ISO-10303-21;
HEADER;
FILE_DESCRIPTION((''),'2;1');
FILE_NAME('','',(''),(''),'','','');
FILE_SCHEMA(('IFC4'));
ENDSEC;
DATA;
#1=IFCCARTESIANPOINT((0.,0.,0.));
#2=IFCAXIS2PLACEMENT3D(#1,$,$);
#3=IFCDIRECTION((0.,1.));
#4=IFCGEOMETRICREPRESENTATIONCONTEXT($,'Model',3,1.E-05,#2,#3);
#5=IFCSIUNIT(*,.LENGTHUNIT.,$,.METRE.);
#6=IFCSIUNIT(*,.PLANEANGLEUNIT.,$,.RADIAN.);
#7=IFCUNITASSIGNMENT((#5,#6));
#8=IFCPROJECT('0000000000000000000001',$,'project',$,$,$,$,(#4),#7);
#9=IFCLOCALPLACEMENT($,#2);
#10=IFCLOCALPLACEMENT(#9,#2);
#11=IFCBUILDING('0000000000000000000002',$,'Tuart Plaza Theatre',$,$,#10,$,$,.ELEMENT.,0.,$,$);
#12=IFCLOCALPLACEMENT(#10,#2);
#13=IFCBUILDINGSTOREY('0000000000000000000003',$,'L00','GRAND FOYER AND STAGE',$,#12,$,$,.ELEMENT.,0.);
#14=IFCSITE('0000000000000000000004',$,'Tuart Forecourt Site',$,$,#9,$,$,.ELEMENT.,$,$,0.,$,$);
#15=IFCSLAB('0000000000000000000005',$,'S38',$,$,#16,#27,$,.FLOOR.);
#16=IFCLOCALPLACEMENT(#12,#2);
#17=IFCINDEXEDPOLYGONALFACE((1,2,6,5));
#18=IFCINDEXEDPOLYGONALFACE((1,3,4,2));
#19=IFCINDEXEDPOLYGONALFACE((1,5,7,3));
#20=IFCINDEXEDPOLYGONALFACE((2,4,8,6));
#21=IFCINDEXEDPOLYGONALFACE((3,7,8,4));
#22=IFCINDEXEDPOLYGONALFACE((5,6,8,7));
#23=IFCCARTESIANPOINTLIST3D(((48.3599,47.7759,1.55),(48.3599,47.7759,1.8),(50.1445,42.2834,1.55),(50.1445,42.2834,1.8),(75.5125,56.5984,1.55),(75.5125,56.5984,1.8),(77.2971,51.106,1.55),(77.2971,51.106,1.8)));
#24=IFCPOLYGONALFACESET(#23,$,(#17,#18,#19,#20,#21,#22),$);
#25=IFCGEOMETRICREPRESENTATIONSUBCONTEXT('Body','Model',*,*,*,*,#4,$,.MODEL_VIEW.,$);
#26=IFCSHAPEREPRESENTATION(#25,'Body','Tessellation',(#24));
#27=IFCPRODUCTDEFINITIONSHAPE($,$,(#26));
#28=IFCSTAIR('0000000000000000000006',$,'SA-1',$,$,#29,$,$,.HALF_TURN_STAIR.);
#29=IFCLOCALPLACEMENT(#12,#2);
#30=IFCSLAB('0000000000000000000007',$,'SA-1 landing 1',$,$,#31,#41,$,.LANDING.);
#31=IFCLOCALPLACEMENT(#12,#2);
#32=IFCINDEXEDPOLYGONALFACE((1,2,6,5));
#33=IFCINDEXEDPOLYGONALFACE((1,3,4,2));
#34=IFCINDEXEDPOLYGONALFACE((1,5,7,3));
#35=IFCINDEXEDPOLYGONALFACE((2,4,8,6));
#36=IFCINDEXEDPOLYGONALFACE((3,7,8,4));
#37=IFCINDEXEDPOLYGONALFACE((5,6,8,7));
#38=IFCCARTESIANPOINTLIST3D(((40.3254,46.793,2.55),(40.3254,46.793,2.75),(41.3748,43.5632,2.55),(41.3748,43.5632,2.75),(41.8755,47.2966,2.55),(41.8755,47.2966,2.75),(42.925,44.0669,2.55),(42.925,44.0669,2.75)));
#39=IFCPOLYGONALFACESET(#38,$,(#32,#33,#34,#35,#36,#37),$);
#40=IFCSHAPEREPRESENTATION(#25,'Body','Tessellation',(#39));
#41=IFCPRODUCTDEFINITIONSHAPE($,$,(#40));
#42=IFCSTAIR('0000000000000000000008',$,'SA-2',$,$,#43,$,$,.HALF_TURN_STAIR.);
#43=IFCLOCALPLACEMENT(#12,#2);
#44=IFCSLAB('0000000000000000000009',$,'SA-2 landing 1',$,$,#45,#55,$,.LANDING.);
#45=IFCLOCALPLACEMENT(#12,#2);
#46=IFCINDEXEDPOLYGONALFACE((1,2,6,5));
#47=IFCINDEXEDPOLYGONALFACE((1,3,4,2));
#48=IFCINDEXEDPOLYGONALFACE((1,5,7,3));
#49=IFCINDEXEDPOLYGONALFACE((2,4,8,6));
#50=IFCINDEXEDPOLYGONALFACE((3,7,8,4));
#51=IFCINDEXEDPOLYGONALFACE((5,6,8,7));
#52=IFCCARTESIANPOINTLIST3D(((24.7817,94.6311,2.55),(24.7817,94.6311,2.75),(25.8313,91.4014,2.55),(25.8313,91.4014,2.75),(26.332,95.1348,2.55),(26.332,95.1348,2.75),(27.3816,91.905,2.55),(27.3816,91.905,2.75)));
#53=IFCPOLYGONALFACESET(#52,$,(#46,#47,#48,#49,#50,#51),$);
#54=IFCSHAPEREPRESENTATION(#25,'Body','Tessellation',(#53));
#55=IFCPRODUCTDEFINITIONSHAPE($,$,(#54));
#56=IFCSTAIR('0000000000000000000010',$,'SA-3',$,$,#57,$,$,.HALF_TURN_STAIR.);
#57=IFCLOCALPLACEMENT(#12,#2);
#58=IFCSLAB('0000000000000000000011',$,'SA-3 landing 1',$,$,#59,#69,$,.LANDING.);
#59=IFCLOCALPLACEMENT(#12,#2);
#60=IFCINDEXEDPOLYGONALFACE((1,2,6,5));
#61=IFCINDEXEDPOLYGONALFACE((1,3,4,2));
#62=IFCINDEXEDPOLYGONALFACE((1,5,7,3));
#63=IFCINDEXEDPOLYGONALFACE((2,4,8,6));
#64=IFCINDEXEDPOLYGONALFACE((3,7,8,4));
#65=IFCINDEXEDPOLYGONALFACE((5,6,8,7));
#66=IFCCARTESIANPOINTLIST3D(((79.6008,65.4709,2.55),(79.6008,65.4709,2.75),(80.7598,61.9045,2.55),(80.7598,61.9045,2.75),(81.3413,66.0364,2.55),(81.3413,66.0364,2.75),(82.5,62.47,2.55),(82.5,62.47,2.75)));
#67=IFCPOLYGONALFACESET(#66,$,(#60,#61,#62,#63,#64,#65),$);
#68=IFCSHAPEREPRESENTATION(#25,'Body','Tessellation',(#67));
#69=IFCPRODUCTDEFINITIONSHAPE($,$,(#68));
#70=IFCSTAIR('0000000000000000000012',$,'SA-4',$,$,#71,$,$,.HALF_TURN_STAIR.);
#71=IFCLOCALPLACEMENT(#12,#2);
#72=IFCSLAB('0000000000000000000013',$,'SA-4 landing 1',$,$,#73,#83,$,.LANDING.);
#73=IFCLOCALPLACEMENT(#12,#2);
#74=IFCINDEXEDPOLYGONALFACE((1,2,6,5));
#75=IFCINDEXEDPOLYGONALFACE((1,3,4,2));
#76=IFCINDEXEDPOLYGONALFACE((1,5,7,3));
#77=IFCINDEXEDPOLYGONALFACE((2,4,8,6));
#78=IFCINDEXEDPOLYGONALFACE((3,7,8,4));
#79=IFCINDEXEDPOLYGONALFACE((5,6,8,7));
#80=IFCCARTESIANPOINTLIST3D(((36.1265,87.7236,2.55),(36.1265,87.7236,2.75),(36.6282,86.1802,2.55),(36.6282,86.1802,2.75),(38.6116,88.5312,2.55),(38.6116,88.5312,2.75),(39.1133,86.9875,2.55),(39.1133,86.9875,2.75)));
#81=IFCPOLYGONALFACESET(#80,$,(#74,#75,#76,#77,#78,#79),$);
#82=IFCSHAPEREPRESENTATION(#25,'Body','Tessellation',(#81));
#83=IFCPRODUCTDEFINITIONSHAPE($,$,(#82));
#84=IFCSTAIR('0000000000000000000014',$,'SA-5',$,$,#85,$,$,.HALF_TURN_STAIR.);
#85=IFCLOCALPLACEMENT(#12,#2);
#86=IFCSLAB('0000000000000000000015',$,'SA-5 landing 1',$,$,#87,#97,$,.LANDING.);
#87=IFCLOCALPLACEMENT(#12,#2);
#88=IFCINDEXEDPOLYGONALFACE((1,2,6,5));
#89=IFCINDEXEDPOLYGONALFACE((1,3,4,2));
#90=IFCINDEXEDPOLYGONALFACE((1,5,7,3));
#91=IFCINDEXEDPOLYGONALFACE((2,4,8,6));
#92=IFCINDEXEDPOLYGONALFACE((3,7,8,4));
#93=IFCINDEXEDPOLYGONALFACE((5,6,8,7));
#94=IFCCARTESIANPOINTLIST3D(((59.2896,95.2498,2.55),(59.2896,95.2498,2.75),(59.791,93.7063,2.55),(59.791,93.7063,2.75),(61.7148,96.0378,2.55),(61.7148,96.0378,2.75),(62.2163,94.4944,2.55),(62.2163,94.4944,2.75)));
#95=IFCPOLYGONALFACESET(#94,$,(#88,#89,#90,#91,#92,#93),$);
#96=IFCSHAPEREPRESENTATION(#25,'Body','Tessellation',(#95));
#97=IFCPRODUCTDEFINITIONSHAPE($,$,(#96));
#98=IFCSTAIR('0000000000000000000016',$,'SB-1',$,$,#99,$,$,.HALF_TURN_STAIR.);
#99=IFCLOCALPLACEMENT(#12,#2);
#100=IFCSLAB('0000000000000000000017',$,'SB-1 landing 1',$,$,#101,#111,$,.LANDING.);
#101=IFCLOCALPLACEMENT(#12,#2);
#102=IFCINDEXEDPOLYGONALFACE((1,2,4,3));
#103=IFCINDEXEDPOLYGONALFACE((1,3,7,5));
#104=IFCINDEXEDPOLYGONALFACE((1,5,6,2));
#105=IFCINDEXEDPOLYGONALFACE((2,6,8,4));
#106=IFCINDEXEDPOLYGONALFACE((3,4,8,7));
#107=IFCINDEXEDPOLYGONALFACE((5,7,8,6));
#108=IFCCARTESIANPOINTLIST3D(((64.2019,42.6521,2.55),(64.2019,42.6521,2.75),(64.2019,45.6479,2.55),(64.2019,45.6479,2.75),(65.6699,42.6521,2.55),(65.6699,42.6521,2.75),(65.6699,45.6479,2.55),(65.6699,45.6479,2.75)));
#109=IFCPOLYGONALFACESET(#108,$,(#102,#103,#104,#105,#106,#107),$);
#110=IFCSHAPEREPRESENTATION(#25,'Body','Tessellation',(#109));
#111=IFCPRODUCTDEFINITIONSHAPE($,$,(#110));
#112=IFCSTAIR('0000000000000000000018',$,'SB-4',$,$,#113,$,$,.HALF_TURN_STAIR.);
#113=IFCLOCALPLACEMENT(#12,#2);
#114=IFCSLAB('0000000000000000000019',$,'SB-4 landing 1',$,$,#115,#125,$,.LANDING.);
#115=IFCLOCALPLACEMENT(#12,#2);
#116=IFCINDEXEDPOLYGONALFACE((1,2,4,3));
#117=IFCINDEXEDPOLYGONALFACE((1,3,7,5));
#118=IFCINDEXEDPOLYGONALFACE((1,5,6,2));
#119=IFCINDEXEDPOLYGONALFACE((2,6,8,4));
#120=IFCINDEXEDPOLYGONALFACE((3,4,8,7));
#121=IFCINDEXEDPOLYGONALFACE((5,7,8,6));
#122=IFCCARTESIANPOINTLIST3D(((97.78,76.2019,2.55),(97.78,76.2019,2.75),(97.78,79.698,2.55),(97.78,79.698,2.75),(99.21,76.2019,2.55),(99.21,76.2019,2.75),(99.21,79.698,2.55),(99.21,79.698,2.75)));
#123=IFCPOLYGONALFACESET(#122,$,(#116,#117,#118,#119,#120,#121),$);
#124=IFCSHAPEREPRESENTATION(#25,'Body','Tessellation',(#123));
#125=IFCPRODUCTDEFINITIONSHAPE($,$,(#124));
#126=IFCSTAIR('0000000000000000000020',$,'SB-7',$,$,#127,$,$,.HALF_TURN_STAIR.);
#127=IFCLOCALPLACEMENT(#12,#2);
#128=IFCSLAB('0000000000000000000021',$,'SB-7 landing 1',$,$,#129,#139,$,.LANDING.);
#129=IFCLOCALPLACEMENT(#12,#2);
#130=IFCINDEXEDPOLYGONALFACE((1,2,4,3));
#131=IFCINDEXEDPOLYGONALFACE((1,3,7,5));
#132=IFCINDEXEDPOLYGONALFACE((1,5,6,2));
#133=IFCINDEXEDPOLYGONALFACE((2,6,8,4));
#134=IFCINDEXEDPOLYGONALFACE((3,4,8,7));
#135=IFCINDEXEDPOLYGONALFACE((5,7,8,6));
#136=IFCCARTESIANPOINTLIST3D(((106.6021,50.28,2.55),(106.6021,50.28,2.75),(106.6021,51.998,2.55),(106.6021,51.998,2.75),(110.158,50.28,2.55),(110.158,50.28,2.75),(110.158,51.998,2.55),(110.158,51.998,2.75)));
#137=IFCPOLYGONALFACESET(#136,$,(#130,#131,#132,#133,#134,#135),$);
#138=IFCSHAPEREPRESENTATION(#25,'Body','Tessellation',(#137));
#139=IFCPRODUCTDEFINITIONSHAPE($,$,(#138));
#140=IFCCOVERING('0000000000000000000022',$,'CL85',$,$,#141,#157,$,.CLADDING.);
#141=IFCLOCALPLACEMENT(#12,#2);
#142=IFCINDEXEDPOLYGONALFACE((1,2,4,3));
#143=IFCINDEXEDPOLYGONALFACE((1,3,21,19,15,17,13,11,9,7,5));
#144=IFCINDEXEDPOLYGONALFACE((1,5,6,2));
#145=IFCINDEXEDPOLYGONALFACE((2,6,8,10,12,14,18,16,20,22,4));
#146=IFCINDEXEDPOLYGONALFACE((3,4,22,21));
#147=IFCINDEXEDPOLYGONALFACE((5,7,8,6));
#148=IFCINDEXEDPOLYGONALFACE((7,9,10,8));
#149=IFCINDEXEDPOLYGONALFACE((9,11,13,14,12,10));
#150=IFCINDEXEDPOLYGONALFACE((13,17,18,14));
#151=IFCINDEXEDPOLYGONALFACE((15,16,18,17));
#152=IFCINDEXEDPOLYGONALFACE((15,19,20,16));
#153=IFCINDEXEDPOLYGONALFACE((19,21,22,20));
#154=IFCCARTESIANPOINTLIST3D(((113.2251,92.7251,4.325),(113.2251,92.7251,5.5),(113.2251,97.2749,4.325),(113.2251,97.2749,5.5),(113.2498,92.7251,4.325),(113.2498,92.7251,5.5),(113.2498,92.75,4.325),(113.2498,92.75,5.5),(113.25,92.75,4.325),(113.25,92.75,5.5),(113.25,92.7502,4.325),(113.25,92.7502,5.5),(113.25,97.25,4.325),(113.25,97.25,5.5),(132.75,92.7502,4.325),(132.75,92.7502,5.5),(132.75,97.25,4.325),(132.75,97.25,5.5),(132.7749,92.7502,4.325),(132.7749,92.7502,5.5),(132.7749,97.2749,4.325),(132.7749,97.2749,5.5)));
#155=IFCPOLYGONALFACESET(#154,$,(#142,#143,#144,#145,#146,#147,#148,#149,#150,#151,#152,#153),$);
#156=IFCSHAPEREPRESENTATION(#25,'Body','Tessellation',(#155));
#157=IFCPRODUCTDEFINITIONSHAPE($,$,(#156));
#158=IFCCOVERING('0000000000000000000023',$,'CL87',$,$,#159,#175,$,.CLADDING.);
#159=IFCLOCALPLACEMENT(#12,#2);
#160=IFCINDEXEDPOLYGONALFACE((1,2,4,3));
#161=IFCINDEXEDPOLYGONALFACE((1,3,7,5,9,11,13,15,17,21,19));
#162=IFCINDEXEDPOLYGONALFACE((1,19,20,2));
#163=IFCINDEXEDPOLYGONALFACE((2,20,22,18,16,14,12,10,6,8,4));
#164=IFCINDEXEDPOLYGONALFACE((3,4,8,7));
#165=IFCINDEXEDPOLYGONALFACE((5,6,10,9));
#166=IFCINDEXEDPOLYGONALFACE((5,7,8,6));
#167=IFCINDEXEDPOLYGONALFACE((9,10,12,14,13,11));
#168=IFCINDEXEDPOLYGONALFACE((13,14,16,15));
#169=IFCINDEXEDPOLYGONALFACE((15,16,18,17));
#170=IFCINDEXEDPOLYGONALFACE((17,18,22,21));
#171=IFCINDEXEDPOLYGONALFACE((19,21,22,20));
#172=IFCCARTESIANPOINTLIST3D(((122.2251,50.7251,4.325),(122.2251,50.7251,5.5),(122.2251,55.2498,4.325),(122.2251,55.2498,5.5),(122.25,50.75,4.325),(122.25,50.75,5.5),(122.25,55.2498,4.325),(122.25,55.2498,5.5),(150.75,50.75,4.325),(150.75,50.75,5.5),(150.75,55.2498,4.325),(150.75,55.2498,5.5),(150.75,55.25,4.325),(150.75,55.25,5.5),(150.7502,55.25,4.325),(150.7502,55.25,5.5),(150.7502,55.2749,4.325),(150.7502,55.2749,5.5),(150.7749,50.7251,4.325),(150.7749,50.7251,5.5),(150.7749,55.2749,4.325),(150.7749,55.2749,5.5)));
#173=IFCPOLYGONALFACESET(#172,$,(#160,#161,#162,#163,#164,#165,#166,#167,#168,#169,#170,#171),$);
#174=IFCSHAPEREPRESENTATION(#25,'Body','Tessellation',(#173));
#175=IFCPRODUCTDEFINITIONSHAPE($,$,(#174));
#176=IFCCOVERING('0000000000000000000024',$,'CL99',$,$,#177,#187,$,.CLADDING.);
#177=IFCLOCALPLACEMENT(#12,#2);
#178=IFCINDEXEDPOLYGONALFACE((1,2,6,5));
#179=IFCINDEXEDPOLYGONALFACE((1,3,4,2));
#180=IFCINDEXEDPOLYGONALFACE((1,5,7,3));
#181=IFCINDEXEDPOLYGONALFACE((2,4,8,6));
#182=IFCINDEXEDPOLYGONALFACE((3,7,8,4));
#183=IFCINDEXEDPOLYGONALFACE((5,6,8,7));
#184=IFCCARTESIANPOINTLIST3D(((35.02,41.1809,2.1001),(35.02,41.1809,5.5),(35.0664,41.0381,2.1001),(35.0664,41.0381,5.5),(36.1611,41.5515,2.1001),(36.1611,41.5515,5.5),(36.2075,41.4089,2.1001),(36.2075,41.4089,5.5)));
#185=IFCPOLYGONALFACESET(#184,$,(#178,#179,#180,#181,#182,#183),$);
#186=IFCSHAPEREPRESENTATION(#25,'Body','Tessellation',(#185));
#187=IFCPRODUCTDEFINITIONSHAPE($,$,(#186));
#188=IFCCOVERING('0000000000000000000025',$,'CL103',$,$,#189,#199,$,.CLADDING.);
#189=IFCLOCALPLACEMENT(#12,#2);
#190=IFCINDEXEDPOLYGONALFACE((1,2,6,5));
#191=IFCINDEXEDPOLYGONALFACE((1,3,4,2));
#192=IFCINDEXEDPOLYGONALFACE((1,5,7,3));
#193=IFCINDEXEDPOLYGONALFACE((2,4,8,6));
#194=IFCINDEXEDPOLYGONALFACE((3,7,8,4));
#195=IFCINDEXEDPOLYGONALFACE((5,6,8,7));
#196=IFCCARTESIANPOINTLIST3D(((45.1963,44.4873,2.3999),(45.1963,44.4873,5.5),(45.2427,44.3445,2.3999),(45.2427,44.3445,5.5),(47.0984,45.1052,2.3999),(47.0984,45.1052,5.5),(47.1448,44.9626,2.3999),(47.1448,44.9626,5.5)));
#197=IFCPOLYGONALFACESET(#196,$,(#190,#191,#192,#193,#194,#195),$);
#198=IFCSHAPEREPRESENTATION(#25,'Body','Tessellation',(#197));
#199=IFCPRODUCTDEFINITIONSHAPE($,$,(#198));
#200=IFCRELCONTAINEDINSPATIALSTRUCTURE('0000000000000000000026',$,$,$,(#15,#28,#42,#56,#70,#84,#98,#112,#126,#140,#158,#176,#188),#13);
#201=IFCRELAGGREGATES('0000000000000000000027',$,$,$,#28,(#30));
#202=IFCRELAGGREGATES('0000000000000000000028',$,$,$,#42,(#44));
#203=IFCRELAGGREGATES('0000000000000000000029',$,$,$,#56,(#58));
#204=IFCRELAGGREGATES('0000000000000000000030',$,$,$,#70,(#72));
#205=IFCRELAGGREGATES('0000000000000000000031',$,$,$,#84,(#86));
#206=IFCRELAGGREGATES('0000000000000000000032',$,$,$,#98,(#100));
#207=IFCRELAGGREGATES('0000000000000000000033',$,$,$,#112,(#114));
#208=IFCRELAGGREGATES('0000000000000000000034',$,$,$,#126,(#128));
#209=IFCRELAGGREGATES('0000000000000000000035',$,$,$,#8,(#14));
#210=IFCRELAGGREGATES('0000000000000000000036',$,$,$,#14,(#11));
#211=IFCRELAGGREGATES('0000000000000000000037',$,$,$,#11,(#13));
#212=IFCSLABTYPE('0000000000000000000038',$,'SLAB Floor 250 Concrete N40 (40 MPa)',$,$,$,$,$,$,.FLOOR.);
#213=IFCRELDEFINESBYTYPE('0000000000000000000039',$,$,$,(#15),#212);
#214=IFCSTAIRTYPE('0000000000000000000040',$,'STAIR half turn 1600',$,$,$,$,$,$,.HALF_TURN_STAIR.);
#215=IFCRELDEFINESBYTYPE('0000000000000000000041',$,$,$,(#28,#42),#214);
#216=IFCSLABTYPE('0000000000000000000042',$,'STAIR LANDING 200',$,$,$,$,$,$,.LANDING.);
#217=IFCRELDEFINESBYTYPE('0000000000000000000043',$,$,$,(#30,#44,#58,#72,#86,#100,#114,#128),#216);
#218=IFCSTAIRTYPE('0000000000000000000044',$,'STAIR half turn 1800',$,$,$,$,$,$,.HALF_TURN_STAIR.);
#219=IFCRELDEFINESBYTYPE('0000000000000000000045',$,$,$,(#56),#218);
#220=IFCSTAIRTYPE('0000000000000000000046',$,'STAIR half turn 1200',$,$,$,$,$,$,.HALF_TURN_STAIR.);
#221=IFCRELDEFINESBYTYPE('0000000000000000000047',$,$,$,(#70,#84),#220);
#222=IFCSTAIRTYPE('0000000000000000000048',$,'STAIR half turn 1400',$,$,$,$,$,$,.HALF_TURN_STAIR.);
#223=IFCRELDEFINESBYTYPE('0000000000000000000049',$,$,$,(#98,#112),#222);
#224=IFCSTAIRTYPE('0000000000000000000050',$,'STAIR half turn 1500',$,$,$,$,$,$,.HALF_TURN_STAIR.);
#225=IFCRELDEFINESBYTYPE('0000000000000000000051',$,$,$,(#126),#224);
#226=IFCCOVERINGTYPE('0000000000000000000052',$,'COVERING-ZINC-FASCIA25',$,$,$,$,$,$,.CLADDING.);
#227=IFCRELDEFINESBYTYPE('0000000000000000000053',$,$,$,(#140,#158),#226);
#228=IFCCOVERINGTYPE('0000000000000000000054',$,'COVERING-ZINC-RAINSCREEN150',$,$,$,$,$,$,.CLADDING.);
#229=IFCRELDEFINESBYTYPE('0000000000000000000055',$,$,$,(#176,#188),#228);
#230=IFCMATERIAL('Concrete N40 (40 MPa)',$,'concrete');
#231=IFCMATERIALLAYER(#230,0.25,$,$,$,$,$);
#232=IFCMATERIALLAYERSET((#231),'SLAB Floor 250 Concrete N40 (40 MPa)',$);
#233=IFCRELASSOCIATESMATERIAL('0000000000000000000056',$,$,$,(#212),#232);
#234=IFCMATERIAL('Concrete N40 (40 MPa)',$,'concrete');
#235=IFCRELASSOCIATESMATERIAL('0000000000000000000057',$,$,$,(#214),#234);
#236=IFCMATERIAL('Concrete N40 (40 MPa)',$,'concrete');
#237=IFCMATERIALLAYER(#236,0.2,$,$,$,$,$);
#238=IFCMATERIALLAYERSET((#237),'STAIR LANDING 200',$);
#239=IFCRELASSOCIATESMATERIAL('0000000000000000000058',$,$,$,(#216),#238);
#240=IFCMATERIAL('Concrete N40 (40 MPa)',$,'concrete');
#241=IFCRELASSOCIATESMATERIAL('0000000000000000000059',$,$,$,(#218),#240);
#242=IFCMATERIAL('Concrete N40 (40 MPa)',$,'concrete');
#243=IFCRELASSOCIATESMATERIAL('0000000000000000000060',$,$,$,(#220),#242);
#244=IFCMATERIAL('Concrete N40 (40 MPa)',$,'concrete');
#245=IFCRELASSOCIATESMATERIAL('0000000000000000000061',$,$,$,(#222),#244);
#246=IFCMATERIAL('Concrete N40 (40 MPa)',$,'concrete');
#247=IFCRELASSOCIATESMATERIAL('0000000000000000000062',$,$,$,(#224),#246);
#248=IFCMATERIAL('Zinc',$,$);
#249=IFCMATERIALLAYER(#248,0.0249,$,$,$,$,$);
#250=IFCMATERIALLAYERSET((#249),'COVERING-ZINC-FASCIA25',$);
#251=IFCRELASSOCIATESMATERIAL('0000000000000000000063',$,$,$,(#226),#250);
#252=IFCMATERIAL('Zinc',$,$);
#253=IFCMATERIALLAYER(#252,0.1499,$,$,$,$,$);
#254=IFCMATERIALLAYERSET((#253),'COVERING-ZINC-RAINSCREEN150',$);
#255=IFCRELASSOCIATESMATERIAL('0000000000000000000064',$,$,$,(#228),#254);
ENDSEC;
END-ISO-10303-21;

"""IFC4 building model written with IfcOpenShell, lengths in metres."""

from ifc_helpers import new_model, si_unit, direction, frame, origin, place, context, subcontext, project, spatial, polyline, outline, extrude, material, layer, layer_set, type_object, element, aggregate, save


model = new_model("IFC4")

# Units and contexts
model_context = context("Model", 3, precision=1e-05, world=origin(), true_north=direction((0.0, 1.0)))
body_context = subcontext(model_context, "Body", "Model", "MODEL_VIEW")
ifc_project = project(units=[si_unit("LENGTHUNIT", "METRE"), si_unit("PLANEANGLEUNIT", "RADIAN")], contexts=[model_context])

# Site, building, storey
site_placement = place(None, origin())
site = spatial("IfcSite", under=ifc_project, at=site_placement, Name="Tuart Forecourt Site", CompositionType="ELEMENT", RefElevation=0.0)
building_placement = place(site_placement, origin())
building = spatial("IfcBuilding", under=site, at=building_placement, Name="Tuart Plaza Theatre", CompositionType="ELEMENT", ElevationOfRefHeight=0.0)
storey_placement = place(building_placement, origin())
storey = spatial("IfcBuildingStorey", under=building, at=storey_placement, Name="L00", Description="GRAND FOYER AND STAGE", CompositionType="ELEMENT", Elevation=0.0)

# Slab
ifc_material_1 = material(Name="Concrete N40 (40 MPa)", Category="concrete")
ifc_layer_1 = layer(ifc_material_1, 0.25)
ifc_layer_set_1 = layer_set([ifc_layer_1], Name="SLAB Floor 250 Concrete N40 (40 MPa)")
slab_type_1 = type_object("IfcSlabType", Name="SLAB Floor 250 Concrete N40 (40 MPa)", PredefinedType="FLOOR", material=ifc_layer_set_1)
slab_1_placement = place(storey_placement, frame((0.0, 0.0, 1.55)))
element("IfcSlab", 1, at=slab_1_placement, inside=storey, type_object=slab_type_1, Name="S38", PredefinedType="FLOOR", context=body_context, shape_type="SweptSolid", body=[
    extrude(outline(polyline([(77.2971, 51.106), (75.5125, 56.5984), (48.3599, 47.7759), (50.1445, 42.2834), (77.2971, 51.106)])), origin(), (0.0, 0.0, 1.0), 0.25),
])

# Stairs, slabs
ifc_material_2 = material(Name="Concrete N40 (40 MPa)", Category="concrete")
stair_type_1 = type_object("IfcStairType", Name="STAIR half turn 1600", PredefinedType="HALF_TURN_STAIR", material=ifc_material_2)
stair_1_placement = place(storey_placement, origin())
stair_1 = element("IfcStair", 2, at=stair_1_placement, inside=storey, type_object=stair_type_1, Name="SA-1", PredefinedType="HALF_TURN_STAIR")
ifc_material_3 = material(Name="Concrete N40 (40 MPa)", Category="concrete")
ifc_layer_2 = layer(ifc_material_3, 0.2)
ifc_layer_set_2 = layer_set([ifc_layer_2], Name="STAIR LANDING 200")
slab_type_2 = type_object("IfcSlabType", Name="STAIR LANDING 200", PredefinedType="LANDING", material=ifc_layer_set_2)
slab_2_placement = place(storey_placement, frame((0.0, 0.0, 2.55)))
slab_2 = element("IfcSlab", 3, at=slab_2_placement, type_object=slab_type_2, Name="SA-1 landing 1", PredefinedType="LANDING", context=body_context, shape_type="SweptSolid", body=[
    extrude(outline(polyline([(41.3748, 43.5632), (42.925, 44.0669), (41.8755, 47.2966), (40.3254, 46.793), (41.3748, 43.5632)])), origin(), (0.0, 0.0, 1.0), 0.2),
])
aggregate(stair_1, [slab_2])
stair_2_placement = place(storey_placement, origin())
stair_2 = element("IfcStair", 4, at=stair_2_placement, inside=storey, type_object=stair_type_1, Name="SA-2", PredefinedType="HALF_TURN_STAIR")
slab_3_placement = place(storey_placement, frame((0.0, 0.0, 2.55)))
slab_3 = element("IfcSlab", 5, at=slab_3_placement, type_object=slab_type_2, Name="SA-2 landing 1", PredefinedType="LANDING", context=body_context, shape_type="SweptSolid", body=[
    extrude(outline(polyline([(24.7817, 94.6311), (26.332, 95.1348), (27.3816, 91.905), (25.8313, 91.4014), (24.7817, 94.6311)])), origin(), (0.0, 0.0, 1.0), 0.2),
])
aggregate(stair_2, [slab_3])
ifc_material_4 = material(Name="Concrete N40 (40 MPa)", Category="concrete")
stair_type_2 = type_object("IfcStairType", Name="STAIR half turn 1800", PredefinedType="HALF_TURN_STAIR", material=ifc_material_4)
stair_3_placement = place(storey_placement, origin())
stair_3 = element("IfcStair", 6, at=stair_3_placement, inside=storey, type_object=stair_type_2, Name="SA-3", PredefinedType="HALF_TURN_STAIR")
slab_4_placement = place(storey_placement, frame((0.0, 0.0, 2.55)))
slab_4 = element("IfcSlab", 7, at=slab_4_placement, type_object=slab_type_2, Name="SA-3 landing 1", PredefinedType="LANDING", context=body_context, shape_type="SweptSolid", body=[
    extrude(outline(polyline([(80.7598, 61.9045), (82.5, 62.47), (81.3413, 66.0364), (79.6008, 65.4709), (80.7598, 61.9045)])), origin(), (0.0, 0.0, 1.0), 0.2),
])
aggregate(stair_3, [slab_4])
ifc_material_5 = material(Name="Concrete N40 (40 MPa)", Category="concrete")
stair_type_3 = type_object("IfcStairType", Name="STAIR half turn 1200", PredefinedType="HALF_TURN_STAIR", material=ifc_material_5)
stair_4_placement = place(storey_placement, origin())
stair_4 = element("IfcStair", 8, at=stair_4_placement, inside=storey, type_object=stair_type_3, Name="SA-4", PredefinedType="HALF_TURN_STAIR")
slab_5_placement = place(storey_placement, frame((0.0, 0.0, 2.55)))
slab_5 = element("IfcSlab", 9, at=slab_5_placement, type_object=slab_type_2, Name="SA-4 landing 1", PredefinedType="LANDING", context=body_context, shape_type="SweptSolid", body=[
    extrude(outline(polyline([(39.1133, 86.9875), (38.6116, 88.5312), (36.1265, 87.7236), (36.6282, 86.1802), (39.1133, 86.9875)])), origin(), (0.0, 0.0, 1.0), 0.2),
])
aggregate(stair_4, [slab_5])
stair_5_placement = place(storey_placement, origin())
stair_5 = element("IfcStair", 10, at=stair_5_placement, inside=storey, type_object=stair_type_3, Name="SA-5", PredefinedType="HALF_TURN_STAIR")
slab_6_placement = place(storey_placement, frame((0.0, 0.0, 2.55)))
slab_6 = element("IfcSlab", 11, at=slab_6_placement, type_object=slab_type_2, Name="SA-5 landing 1", PredefinedType="LANDING", context=body_context, shape_type="SweptSolid", body=[
    extrude(outline(polyline([(59.791, 93.7063), (59.2896, 95.2498), (61.7148, 96.0378), (62.2163, 94.4944), (59.791, 93.7063)])), origin(), (0.0, 0.0, 1.0), 0.2),
])
aggregate(stair_5, [slab_6])
ifc_material_6 = material(Name="Concrete N40 (40 MPa)", Category="concrete")
stair_type_4 = type_object("IfcStairType", Name="STAIR half turn 1400", PredefinedType="HALF_TURN_STAIR", material=ifc_material_6)
stair_6_placement = place(storey_placement, origin())
stair_6 = element("IfcStair", 12, at=stair_6_placement, inside=storey, type_object=stair_type_4, Name="SB-1", PredefinedType="HALF_TURN_STAIR")
slab_7_placement = place(storey_placement, frame((0.0, 0.0, 2.55)))
slab_7 = element("IfcSlab", 13, at=slab_7_placement, type_object=slab_type_2, Name="SB-1 landing 1", PredefinedType="LANDING", context=body_context, shape_type="SweptSolid", body=[
    extrude(outline(polyline([(65.6699, 45.6479), (64.2019, 45.6479), (64.2019, 42.6521), (65.6699, 42.6521), (65.6699, 45.6479)])), origin(), (0.0, 0.0, 1.0), 0.2),
])
aggregate(stair_6, [slab_7])
stair_7_placement = place(storey_placement, origin())
stair_7 = element("IfcStair", 14, at=stair_7_placement, inside=storey, type_object=stair_type_4, Name="SB-4", PredefinedType="HALF_TURN_STAIR")
slab_8_placement = place(storey_placement, frame((0.0, 0.0, 2.55)))
slab_8 = element("IfcSlab", 15, at=slab_8_placement, type_object=slab_type_2, Name="SB-4 landing 1", PredefinedType="LANDING", context=body_context, shape_type="SweptSolid", body=[
    extrude(outline(polyline([(97.78, 76.2019), (99.21, 76.2019), (99.21, 79.698), (97.78, 79.698), (97.78, 76.2019)])), origin(), (0.0, 0.0, 1.0), 0.2),
])
aggregate(stair_7, [slab_8])
ifc_material_7 = material(Name="Concrete N40 (40 MPa)", Category="concrete")
stair_type_5 = type_object("IfcStairType", Name="STAIR half turn 1500", PredefinedType="HALF_TURN_STAIR", material=ifc_material_7)
stair_8_placement = place(storey_placement, origin())
stair_8 = element("IfcStair", 16, at=stair_8_placement, inside=storey, type_object=stair_type_5, Name="SB-7", PredefinedType="HALF_TURN_STAIR")
slab_9_placement = place(storey_placement, frame((0.0, 0.0, 2.55)))
slab_9 = element("IfcSlab", 17, at=slab_9_placement, type_object=slab_type_2, Name="SB-7 landing 1", PredefinedType="LANDING", context=body_context, shape_type="SweptSolid", body=[
    extrude(outline(polyline([(110.158, 50.28), (110.158, 51.998), (106.6021, 51.998), (106.6021, 50.28), (110.158, 50.28)])), origin(), (0.0, 0.0, 1.0), 0.2),
])
aggregate(stair_8, [slab_9])

# Coverings
ifc_material_8 = material(Name="Zinc")
ifc_layer_3 = layer(ifc_material_8, 0.0249)
ifc_layer_set_3 = layer_set([ifc_layer_3], Name="COVERING-ZINC-FASCIA25")
covering_type_1 = type_object("IfcCoveringType", Name="COVERING-ZINC-FASCIA25", PredefinedType="CLADDING", material=ifc_layer_set_3)
covering_1_placement = place(storey_placement, frame((0.0, 0.0, 4.325)))
element("IfcCovering", 18, at=covering_1_placement, inside=storey, type_object=covering_type_1, Name="CL85", PredefinedType="CLADDING", context=body_context, shape_type="SweptSolid", body=[
    extrude(outline(polyline([(113.2251, 92.7251), (113.2251, 97.2749), (132.7749, 97.2749), (132.7749, 92.7502), (132.75, 92.7502), (132.75, 97.25), (113.25, 97.25), (113.25, 92.7502), (113.25, 92.7502), (113.25, 92.7502), (113.25, 92.7502), (113.25, 92.75), (113.2498, 92.75), (113.2498, 92.75), (113.2498, 92.75), (113.2498, 92.75), (113.2498, 92.7251), (113.2251, 92.7251)])), origin(), (0.0, 0.0, 1.0), 1.175),
])
covering_2_placement = place(storey_placement, frame((0.0, 0.0, 4.325)))
element("IfcCovering", 19, at=covering_2_placement, inside=storey, type_object=covering_type_1, Name="CL87", PredefinedType="CLADDING", context=body_context, shape_type="SweptSolid", body=[
    extrude(outline(polyline([(122.2251, 55.2498), (122.25, 55.2498), (122.25, 50.75), (150.75, 50.75), (150.75, 55.2498), (150.75, 55.2498), (150.75, 55.2498), (150.75, 55.2498), (150.75, 55.25), (150.7502, 55.25), (150.7502, 55.25), (150.7502, 55.25), (150.7502, 55.25), (150.7502, 55.2749), (150.7749, 55.2749), (150.7749, 50.7251), (122.2251, 50.7251), (122.2251, 55.2498)])), origin(), (0.0, 0.0, 1.0), 1.175),
])
ifc_material_9 = material(Name="Zinc")
ifc_layer_4 = layer(ifc_material_9, 0.1499)
ifc_layer_set_4 = layer_set([ifc_layer_4], Name="COVERING-ZINC-RAINSCREEN150")
covering_type_2 = type_object("IfcCoveringType", Name="COVERING-ZINC-RAINSCREEN150", PredefinedType="CLADDING", material=ifc_layer_set_4)
covering_3_placement = place(storey_placement, frame((0.0, 0.0, 2.1001)))
element("IfcCovering", 20, at=covering_3_placement, inside=storey, type_object=covering_type_2, Name="CL99", PredefinedType="CLADDING", context=body_context, shape_type="SweptSolid", body=[
    extrude(outline(polyline([(35.02, 41.1809), (36.1611, 41.5515), (36.2075, 41.4089), (35.0664, 41.0381), (35.02, 41.1809)])), origin(), (0.0, 0.0, 1.0), 3.3999),
])
covering_4_placement = place(storey_placement, frame((0.0, 0.0, 2.3999)))
element("IfcCovering", 21, at=covering_4_placement, inside=storey, type_object=covering_type_2, Name="CL103", PredefinedType="CLADDING", context=body_context, shape_type="SweptSolid", body=[
    extrude(outline(polyline([(45.1963, 44.4873), (47.0984, 45.1052), (47.1448, 44.9626), (45.2427, 44.3445), (45.1963, 44.4873)])), origin(), (0.0, 0.0, 1.0), 3.1001),
])

save(model, "model.ifc")
